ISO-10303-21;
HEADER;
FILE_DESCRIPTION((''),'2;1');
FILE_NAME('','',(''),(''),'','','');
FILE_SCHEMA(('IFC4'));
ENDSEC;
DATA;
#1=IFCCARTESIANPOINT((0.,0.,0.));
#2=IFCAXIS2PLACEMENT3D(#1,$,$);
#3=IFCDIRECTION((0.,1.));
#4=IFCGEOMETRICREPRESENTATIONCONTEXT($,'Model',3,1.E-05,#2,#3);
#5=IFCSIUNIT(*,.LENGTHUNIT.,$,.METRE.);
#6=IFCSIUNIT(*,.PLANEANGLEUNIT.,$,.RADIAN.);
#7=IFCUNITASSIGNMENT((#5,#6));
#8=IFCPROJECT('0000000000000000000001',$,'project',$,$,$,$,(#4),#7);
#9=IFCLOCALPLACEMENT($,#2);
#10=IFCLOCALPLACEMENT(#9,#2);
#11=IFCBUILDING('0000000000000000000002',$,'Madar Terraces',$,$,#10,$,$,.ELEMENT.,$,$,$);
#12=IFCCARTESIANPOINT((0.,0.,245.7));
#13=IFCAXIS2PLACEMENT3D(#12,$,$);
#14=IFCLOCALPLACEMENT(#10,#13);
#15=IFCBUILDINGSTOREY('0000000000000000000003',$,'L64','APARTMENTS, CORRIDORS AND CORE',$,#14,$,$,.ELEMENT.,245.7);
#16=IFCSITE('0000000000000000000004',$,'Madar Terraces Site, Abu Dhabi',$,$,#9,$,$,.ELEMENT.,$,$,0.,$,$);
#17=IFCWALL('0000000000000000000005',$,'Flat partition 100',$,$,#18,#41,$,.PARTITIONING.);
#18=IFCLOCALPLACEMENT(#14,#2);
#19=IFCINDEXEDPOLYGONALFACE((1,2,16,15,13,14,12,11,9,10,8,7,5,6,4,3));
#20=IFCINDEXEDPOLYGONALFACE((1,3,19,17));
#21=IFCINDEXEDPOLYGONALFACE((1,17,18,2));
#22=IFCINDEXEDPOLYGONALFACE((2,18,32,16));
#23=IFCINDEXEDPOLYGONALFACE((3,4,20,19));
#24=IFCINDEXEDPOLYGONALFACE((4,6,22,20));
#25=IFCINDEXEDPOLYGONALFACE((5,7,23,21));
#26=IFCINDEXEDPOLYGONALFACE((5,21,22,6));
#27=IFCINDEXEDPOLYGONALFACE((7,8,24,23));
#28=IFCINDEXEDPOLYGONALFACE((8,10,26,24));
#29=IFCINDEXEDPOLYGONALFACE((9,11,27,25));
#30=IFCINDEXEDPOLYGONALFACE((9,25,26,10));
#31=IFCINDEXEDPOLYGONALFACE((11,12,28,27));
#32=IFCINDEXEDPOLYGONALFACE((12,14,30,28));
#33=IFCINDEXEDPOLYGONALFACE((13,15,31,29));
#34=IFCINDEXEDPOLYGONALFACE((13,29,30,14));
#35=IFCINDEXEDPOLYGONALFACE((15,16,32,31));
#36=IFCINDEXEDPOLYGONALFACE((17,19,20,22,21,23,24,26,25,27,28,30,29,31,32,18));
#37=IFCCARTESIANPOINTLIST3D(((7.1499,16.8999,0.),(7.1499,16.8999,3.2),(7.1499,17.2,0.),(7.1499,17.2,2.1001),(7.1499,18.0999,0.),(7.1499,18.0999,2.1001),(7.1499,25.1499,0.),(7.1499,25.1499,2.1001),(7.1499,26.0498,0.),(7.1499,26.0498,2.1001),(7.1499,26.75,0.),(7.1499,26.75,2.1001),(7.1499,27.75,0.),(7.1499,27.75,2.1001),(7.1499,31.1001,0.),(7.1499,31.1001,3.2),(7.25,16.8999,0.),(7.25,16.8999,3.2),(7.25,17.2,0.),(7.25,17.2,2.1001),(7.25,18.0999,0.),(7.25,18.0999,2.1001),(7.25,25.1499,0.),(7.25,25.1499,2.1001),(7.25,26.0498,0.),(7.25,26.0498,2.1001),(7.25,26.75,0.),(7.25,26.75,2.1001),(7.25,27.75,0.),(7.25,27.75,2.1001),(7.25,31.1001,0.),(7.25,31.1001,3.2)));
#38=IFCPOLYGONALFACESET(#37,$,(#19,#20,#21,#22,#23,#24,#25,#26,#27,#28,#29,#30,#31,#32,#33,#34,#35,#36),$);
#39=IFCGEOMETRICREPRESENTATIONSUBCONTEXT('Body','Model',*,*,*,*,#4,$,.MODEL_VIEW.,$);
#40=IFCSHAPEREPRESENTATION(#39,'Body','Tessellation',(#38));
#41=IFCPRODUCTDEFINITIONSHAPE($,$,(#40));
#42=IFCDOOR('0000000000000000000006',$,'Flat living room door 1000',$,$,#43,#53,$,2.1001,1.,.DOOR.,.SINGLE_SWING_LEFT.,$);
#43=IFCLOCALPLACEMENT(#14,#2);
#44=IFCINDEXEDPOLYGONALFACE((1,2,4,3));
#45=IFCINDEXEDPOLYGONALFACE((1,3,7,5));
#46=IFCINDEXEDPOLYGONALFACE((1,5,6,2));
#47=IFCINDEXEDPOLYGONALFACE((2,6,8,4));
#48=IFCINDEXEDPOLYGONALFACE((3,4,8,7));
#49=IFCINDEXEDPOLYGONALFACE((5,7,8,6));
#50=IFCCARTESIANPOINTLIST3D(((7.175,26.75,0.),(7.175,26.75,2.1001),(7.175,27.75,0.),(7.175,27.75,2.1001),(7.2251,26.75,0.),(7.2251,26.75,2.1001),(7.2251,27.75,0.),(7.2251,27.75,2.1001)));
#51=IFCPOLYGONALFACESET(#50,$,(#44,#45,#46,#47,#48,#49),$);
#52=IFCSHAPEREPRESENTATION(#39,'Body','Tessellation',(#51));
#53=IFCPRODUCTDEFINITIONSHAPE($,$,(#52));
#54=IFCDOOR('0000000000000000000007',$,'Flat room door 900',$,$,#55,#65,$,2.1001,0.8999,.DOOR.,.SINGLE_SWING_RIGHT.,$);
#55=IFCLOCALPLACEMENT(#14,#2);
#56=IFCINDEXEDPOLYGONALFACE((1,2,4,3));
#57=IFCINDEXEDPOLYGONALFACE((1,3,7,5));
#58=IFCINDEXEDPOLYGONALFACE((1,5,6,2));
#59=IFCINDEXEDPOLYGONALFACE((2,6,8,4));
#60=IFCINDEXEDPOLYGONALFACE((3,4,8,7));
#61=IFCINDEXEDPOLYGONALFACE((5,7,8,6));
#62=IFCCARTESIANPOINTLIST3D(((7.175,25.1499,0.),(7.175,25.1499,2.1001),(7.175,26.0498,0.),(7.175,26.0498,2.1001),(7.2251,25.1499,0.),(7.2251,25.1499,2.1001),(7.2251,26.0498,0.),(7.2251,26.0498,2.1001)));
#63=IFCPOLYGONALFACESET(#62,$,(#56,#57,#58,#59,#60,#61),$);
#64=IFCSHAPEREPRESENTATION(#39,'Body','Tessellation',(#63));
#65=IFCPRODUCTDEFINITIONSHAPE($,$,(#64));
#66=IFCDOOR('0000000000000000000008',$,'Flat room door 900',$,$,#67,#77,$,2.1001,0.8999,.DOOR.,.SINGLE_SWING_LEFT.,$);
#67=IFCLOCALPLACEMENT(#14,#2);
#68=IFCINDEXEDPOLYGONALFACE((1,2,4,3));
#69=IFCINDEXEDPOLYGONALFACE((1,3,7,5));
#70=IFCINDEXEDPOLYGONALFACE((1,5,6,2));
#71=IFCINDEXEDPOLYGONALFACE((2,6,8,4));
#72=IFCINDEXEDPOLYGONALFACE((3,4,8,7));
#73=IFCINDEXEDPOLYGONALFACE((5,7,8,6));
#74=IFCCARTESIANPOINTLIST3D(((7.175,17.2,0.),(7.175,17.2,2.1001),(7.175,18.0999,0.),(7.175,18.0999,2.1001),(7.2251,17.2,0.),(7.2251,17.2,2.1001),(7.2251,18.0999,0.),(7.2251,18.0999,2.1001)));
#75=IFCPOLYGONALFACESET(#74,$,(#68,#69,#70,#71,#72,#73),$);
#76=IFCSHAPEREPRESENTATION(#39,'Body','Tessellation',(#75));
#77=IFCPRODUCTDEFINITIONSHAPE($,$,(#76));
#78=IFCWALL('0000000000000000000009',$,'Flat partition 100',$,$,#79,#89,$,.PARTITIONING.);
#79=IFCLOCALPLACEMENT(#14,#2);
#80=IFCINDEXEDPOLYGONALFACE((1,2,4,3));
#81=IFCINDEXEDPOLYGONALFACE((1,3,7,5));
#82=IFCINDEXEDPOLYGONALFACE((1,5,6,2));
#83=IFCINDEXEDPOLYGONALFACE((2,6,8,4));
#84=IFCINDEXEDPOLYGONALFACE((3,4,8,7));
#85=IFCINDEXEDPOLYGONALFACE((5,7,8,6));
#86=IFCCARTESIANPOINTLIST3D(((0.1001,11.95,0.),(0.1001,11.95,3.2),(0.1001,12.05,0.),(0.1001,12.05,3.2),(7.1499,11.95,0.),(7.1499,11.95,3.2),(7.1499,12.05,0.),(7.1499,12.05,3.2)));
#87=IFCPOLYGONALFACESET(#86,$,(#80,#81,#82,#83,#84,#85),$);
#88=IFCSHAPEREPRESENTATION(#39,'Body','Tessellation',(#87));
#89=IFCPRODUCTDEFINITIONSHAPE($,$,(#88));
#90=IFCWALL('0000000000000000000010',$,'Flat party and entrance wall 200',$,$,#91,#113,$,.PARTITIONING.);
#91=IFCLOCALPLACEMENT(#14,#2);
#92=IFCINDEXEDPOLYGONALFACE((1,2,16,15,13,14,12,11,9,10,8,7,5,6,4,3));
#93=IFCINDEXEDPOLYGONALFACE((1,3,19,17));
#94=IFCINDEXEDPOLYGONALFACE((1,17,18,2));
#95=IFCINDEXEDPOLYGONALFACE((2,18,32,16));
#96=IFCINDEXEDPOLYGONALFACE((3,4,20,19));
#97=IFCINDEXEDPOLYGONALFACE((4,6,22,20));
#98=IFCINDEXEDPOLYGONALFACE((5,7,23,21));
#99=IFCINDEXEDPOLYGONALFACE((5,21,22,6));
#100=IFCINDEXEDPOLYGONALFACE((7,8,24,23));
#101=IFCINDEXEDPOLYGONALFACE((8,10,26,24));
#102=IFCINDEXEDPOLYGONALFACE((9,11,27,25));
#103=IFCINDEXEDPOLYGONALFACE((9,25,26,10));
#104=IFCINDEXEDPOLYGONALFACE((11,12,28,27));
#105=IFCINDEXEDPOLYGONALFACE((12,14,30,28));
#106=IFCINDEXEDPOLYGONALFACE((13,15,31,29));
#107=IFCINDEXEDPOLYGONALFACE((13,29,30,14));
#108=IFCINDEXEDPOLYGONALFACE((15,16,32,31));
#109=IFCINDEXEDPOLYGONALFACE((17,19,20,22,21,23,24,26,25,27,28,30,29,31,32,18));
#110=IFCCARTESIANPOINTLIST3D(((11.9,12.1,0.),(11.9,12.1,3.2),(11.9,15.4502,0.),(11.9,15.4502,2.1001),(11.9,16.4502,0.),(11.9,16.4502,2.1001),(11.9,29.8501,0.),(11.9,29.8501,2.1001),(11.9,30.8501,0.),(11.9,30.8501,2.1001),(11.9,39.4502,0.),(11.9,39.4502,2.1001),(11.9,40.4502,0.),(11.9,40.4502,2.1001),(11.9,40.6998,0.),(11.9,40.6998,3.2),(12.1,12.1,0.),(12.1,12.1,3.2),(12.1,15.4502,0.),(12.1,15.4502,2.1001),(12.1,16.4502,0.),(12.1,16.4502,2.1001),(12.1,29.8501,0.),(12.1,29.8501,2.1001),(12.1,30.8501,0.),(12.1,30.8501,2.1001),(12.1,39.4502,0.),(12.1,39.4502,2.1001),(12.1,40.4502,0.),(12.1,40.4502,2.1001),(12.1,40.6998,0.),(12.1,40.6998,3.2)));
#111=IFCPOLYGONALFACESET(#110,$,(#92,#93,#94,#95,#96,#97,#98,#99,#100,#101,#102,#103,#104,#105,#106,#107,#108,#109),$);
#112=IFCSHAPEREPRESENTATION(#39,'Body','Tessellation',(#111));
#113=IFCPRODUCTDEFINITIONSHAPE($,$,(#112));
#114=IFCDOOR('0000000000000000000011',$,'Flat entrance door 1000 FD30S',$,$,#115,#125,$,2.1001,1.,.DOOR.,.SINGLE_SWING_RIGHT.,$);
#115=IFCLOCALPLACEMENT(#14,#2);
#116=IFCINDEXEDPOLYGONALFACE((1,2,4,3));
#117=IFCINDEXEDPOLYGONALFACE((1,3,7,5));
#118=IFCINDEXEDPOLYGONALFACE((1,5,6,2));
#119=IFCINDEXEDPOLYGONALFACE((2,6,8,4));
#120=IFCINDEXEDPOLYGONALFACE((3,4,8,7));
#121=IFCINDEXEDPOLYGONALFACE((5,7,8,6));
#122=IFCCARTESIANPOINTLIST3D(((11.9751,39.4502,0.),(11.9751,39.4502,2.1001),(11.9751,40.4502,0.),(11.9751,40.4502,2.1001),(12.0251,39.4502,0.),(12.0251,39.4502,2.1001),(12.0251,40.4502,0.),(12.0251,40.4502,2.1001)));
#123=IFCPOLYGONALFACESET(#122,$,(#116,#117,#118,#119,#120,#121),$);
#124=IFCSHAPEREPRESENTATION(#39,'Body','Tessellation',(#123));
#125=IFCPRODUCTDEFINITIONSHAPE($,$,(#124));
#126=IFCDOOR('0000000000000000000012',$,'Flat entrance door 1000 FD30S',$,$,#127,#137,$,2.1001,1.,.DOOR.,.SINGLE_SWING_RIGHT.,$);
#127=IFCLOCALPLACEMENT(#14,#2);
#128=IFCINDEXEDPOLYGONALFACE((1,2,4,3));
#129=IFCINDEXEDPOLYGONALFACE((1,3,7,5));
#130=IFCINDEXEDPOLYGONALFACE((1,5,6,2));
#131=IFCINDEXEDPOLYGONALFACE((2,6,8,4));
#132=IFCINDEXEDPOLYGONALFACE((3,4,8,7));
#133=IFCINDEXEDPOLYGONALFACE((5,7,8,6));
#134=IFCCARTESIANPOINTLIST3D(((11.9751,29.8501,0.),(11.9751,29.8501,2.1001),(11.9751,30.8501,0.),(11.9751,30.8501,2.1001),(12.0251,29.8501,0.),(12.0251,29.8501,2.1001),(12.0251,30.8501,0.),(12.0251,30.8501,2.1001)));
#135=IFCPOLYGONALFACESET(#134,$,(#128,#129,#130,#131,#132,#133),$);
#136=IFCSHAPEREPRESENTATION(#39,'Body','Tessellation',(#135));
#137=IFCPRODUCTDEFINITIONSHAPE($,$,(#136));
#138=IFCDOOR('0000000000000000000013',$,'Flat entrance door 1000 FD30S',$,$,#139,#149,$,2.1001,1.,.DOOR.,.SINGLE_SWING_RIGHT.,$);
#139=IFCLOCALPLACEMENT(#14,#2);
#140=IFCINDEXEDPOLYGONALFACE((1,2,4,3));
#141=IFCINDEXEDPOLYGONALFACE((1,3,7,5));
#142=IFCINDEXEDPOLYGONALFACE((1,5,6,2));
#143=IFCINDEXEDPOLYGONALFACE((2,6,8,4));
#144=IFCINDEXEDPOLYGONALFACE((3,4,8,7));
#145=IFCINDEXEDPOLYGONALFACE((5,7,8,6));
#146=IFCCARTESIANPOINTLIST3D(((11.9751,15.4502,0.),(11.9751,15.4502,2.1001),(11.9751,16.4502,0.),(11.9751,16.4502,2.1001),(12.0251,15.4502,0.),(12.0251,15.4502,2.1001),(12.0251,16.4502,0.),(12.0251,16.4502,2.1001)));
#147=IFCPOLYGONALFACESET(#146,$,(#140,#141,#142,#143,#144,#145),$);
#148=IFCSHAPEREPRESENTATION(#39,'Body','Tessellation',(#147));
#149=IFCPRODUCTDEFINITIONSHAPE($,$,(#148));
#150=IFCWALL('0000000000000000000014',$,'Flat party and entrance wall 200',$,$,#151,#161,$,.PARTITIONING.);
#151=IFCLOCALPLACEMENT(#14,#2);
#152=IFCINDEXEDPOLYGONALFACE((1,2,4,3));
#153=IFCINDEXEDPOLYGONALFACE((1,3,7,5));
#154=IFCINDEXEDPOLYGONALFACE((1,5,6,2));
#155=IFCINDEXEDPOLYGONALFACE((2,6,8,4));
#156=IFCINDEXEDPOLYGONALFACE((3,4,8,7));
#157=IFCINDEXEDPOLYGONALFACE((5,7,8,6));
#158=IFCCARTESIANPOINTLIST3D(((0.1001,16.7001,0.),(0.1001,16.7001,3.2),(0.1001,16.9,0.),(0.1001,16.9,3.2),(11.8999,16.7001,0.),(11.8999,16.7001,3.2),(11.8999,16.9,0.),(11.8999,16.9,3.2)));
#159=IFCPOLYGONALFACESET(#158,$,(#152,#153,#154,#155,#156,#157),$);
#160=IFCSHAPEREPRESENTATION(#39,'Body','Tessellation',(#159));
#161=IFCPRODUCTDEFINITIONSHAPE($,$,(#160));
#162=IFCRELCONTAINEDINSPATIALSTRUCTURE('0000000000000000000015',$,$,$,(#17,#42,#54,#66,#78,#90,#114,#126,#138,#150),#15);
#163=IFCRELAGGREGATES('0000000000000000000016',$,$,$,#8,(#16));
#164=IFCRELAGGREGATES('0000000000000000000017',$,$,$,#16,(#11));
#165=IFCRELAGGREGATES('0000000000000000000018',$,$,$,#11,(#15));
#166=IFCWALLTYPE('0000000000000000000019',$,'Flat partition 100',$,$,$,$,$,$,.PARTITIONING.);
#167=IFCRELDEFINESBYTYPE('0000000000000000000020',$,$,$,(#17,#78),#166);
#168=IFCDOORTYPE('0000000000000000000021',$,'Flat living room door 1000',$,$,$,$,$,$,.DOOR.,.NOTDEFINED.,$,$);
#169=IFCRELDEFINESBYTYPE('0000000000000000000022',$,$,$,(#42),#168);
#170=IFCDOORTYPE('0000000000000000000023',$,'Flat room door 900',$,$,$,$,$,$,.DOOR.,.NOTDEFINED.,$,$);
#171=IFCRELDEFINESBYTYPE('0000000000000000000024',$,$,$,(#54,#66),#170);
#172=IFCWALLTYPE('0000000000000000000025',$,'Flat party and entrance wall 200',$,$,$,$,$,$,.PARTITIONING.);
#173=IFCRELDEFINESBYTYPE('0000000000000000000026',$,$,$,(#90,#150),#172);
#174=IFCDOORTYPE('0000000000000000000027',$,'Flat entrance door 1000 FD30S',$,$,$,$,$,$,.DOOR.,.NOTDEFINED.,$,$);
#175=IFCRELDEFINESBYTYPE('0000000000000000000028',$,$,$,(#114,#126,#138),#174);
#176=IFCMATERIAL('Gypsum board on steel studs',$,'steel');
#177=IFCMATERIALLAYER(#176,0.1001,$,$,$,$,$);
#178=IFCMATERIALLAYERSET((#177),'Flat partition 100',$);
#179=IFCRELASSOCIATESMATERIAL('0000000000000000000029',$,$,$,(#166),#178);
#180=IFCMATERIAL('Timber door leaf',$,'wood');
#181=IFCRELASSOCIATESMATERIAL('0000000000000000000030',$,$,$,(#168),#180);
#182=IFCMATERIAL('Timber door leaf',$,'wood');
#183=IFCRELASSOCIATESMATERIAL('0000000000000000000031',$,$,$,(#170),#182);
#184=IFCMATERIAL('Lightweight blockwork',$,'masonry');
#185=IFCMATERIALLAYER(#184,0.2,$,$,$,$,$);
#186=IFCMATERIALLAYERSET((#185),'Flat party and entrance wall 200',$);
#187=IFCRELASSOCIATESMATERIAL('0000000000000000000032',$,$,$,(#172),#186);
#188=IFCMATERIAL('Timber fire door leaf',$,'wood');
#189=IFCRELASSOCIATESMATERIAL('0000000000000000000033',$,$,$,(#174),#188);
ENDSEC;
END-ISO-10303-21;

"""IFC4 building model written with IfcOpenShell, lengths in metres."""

from ifc_helpers import new_model, si_unit, direction, frame, frame_2d, origin, place, context, subcontext, project, spatial, rectangle, extrude, material, layer, layer_set, type_object, element, fill, save


model = new_model("IFC4")

# Units and contexts
model_context = context("Model", 3, precision=1e-05, world=origin(), true_north=direction((0.0, 1.0)))
body_context = subcontext(model_context, "Body", "Model", "MODEL_VIEW")
ifc_project = project(units=[si_unit("LENGTHUNIT", "METRE"), si_unit("PLANEANGLEUNIT", "RADIAN")], contexts=[model_context])

# Site, building, storey
site_placement = place(None, origin())
site = spatial("IfcSite", under=ifc_project, at=site_placement, Name="Madar Terraces Site, Abu Dhabi", CompositionType="ELEMENT", RefElevation=0.0)
building_placement = place(site_placement, origin())
building = spatial("IfcBuilding", under=site, at=building_placement, Name="Madar Terraces", CompositionType="ELEMENT")
storey_placement = place(building_placement, frame((0.0, 0.0, 245.7)))
storey = spatial("IfcBuildingStorey", under=building, at=storey_placement, Name="L64", Description="APARTMENTS, CORRIDORS AND CORE", CompositionType="ELEMENT", Elevation=245.7)

# Shared definitions
ifc_material_1 = material(Name="Gypsum board on steel studs", Category="steel")
ifc_layer_1 = layer(ifc_material_1, 0.1001)
ifc_layer_set_1 = layer_set([ifc_layer_1], Name="Flat partition 100")
wall_type_1 = type_object("IfcWallType", Name="Flat partition 100", PredefinedType="PARTITIONING", material=ifc_layer_set_1)

# Wall, openings, doors
wall_1_placement = place(storey_placement, frame((7.2, 16.8999, 0.0), z_axis=(0.0, 0.0, 1.0), x_axis=(0.0, 1.0, 0.0)))
wall_1 = element("IfcWall", 1, at=wall_1_placement, inside=storey, type_object=wall_type_1, Name="Flat partition 100", PredefinedType="PARTITIONING", context=body_context, shape_type="SweptSolid", body=[
    extrude(rectangle(XDim=14.2002, YDim=0.1001, at=frame_2d((7.1001, 0.0))), origin(), (0.0, 0.0, 1.0), 3.2),
])
opening_1_placement = place(wall_1_placement, frame((9.8501, 0.0, 0.0)))
opening_1 = element("IfcOpeningElement", 2, at=opening_1_placement, cuts=wall_1, PredefinedType="OPENING", context=body_context, shape_type="SweptSolid", body=[
    extrude(rectangle(XDim=1.0, YDim=2.1001, at=frame_2d((0.5, 1.05))), frame((0.0, 0.0601, 0.0), z_axis=(0.0, -1.0, 0.0), x_axis=(1.0, 0.0, 0.0)), (0.0, 0.0, 1.0), 0.1201),
])
opening_2_placement = place(wall_1_placement, frame((8.25, 0.0, 0.0)))
opening_2 = element("IfcOpeningElement", 3, at=opening_2_placement, cuts=wall_1, PredefinedType="OPENING", context=body_context, shape_type="SweptSolid", body=[
    extrude(rectangle(XDim=0.8999, YDim=2.1001, at=frame_2d((0.45, 1.05))), frame((0.0, 0.0601, 0.0), z_axis=(0.0, -1.0, 0.0), x_axis=(1.0, 0.0, 0.0)), (0.0, 0.0, 1.0), 0.1201),
])
opening_3_placement = place(wall_1_placement, frame((0.3, 0.0, 0.0)))
opening_3 = element("IfcOpeningElement", 4, at=opening_3_placement, cuts=wall_1, PredefinedType="OPENING", context=body_context, shape_type="SweptSolid", body=[
    extrude(rectangle(XDim=0.8999, YDim=2.1001, at=frame_2d((0.45, 1.05))), frame((0.0, 0.0601, 0.0), z_axis=(0.0, -1.0, 0.0), x_axis=(1.0, 0.0, 0.0)), (0.0, 0.0, 1.0), 0.1201),
])
ifc_material_2 = material(Name="Timber door leaf", Category="wood")
door_type_1 = type_object("IfcDoorType", Name="Flat living room door 1000", OperationType="NOTDEFINED", PredefinedType="DOOR", material=ifc_material_2)
door_1_placement = place(opening_1_placement, origin())
door_1 = element("IfcDoor", 5, at=door_1_placement, inside=storey, type_object=door_type_1, Name="Flat living room door 1000", OperationType="SINGLE_SWING_LEFT", OverallHeight=2.1001, OverallWidth=1.0, PredefinedType="DOOR", context=body_context, shape_type="SweptSolid", body=[
    extrude(rectangle(XDim=1.0, YDim=2.1001, at=frame_2d((0.5, 1.05))), frame((0.0, 0.0249, 0.0), z_axis=(0.0, -1.0, 0.0), x_axis=(1.0, 0.0, 0.0)), (0.0, 0.0, 1.0), 0.05),
])
fill(opening_1, door_1)
ifc_material_3 = material(Name="Timber door leaf", Category="wood")
door_type_2 = type_object("IfcDoorType", Name="Flat room door 900", OperationType="NOTDEFINED", PredefinedType="DOOR", material=ifc_material_3)
door_2_placement = place(opening_2_placement, origin())
door_2 = element("IfcDoor", 6, at=door_2_placement, inside=storey, type_object=door_type_2, Name="Flat room door 900", OperationType="SINGLE_SWING_RIGHT", OverallHeight=2.1001, OverallWidth=0.8999, PredefinedType="DOOR", context=body_context, shape_type="SweptSolid", body=[
    extrude(rectangle(XDim=0.8999, YDim=2.1001, at=frame_2d((0.45, 1.05))), frame((0.0, 0.0249, 0.0), z_axis=(0.0, -1.0, 0.0), x_axis=(1.0, 0.0, 0.0)), (0.0, 0.0, 1.0), 0.05),
])
fill(opening_2, door_2)
door_3_placement = place(opening_3_placement, origin())
door_3 = element("IfcDoor", 7, at=door_3_placement, inside=storey, type_object=door_type_2, Name="Flat room door 900", OperationType="SINGLE_SWING_LEFT", OverallHeight=2.1001, OverallWidth=0.8999, PredefinedType="DOOR", context=body_context, shape_type="SweptSolid", body=[
    extrude(rectangle(XDim=0.8999, YDim=2.1001, at=frame_2d((0.45, 1.05))), frame((0.0, 0.0249, 0.0), z_axis=(0.0, -1.0, 0.0), x_axis=(1.0, 0.0, 0.0)), (0.0, 0.0, 1.0), 0.05),
])
fill(opening_3, door_3)

# Wall
wall_2_placement = place(storey_placement, frame((7.1499, 12.0, 0.0), z_axis=(0.0, 0.0, 1.0), x_axis=(-1.0, 0.0, 0.0)))
element("IfcWall", 8, at=wall_2_placement, inside=storey, type_object=wall_type_1, Name="Flat partition 100", PredefinedType="PARTITIONING", context=body_context, shape_type="SweptSolid", body=[
    extrude(rectangle(XDim=7.0498, YDim=0.1001, at=frame_2d((3.5249, 0.0))), origin(), (0.0, 0.0, 1.0), 3.2),
])

# Wall, openings, doors
ifc_material_4 = material(Name="Lightweight blockwork", Category="masonry")
ifc_layer_2 = layer(ifc_material_4, 0.2)
ifc_layer_set_2 = layer_set([ifc_layer_2], Name="Flat party and entrance wall 200")
wall_type_2 = type_object("IfcWallType", Name="Flat party and entrance wall 200", PredefinedType="PARTITIONING", material=ifc_layer_set_2)
wall_3_placement = place(storey_placement, frame((12.0, 12.1001, 0.0), z_axis=(0.0, 0.0, 1.0), x_axis=(0.0, 1.0, 0.0)))
wall_3 = element("IfcWall", 9, at=wall_3_placement, inside=storey, type_object=wall_type_2, Name="Flat party and entrance wall 200", PredefinedType="PARTITIONING", context=body_context, shape_type="SweptSolid", body=[
    extrude(rectangle(XDim=28.5999, YDim=0.2, at=frame_2d((14.2998, 0.0))), origin(), (0.0, 0.0, 1.0), 3.2),
])
opening_4_placement = place(wall_3_placement, frame((27.3501, 0.0, 0.0)))
opening_4 = element("IfcOpeningElement", 10, at=opening_4_placement, cuts=wall_3, PredefinedType="OPENING", context=body_context, shape_type="SweptSolid", body=[
    extrude(rectangle(XDim=1.0, YDim=2.1001, at=frame_2d((0.5, 1.05))), frame((0.0, 0.1099, 0.0), z_axis=(0.0, -1.0, 0.0), x_axis=(1.0, 0.0, 0.0)), (0.0, 0.0, 1.0), 0.22),
])
opening_5_placement = place(wall_3_placement, frame((17.75, 0.0, 0.0)))
opening_5 = element("IfcOpeningElement", 11, at=opening_5_placement, cuts=wall_3, PredefinedType="OPENING", context=body_context, shape_type="SweptSolid", body=[
    extrude(rectangle(XDim=1.0, YDim=2.1001, at=frame_2d((0.5, 1.05))), frame((0.0, 0.1099, 0.0), z_axis=(0.0, -1.0, 0.0), x_axis=(1.0, 0.0, 0.0)), (0.0, 0.0, 1.0), 0.22),
])
opening_6_placement = place(wall_3_placement, frame((3.3501, 0.0, 0.0)))
opening_6 = element("IfcOpeningElement", 12, at=opening_6_placement, cuts=wall_3, PredefinedType="OPENING", context=body_context, shape_type="SweptSolid", body=[
    extrude(rectangle(XDim=1.0, YDim=2.1001, at=frame_2d((0.5, 1.05))), frame((0.0, 0.1099, 0.0), z_axis=(0.0, -1.0, 0.0), x_axis=(1.0, 0.0, 0.0)), (0.0, 0.0, 1.0), 0.22),
])
ifc_material_5 = material(Name="Timber fire door leaf", Category="wood")
door_type_3 = type_object("IfcDoorType", Name="Flat entrance door 1000 FD30S", OperationType="NOTDEFINED", PredefinedType="DOOR", material=ifc_material_5)
door_4_placement = place(opening_4_placement, origin())
door_4 = element("IfcDoor", 13, at=door_4_placement, inside=storey, type_object=door_type_3, Name="Flat entrance door 1000 FD30S", OperationType="SINGLE_SWING_RIGHT", OverallHeight=2.1001, OverallWidth=1.0, PredefinedType="DOOR", context=body_context, shape_type="SweptSolid", body=[
    extrude(rectangle(XDim=1.0, YDim=2.1001, at=frame_2d((0.5, 1.05))), frame((0.0, 0.0249, 0.0), z_axis=(0.0, -1.0, 0.0), x_axis=(1.0, 0.0, 0.0)), (0.0, 0.0, 1.0), 0.05),
])
fill(opening_4, door_4)
door_5_placement = place(opening_5_placement, origin())
door_5 = element("IfcDoor", 14, at=door_5_placement, inside=storey, type_object=door_type_3, Name="Flat entrance door 1000 FD30S", OperationType="SINGLE_SWING_RIGHT", OverallHeight=2.1001, OverallWidth=1.0, PredefinedType="DOOR", context=body_context, shape_type="SweptSolid", body=[
    extrude(rectangle(XDim=1.0, YDim=2.1001, at=frame_2d((0.5, 1.05))), frame((0.0, 0.0249, 0.0), z_axis=(0.0, -1.0, 0.0), x_axis=(1.0, 0.0, 0.0)), (0.0, 0.0, 1.0), 0.05),
])
fill(opening_5, door_5)
door_6_placement = place(opening_6_placement, origin())
door_6 = element("IfcDoor", 15, at=door_6_placement, inside=storey, type_object=door_type_3, Name="Flat entrance door 1000 FD30S", OperationType="SINGLE_SWING_RIGHT", OverallHeight=2.1001, OverallWidth=1.0, PredefinedType="DOOR", context=body_context, shape_type="SweptSolid", body=[
    extrude(rectangle(XDim=1.0, YDim=2.1001, at=frame_2d((0.5, 1.05))), frame((0.0, 0.0249, 0.0), z_axis=(0.0, -1.0, 0.0), x_axis=(1.0, 0.0, 0.0)), (0.0, 0.0, 1.0), 0.05),
])
fill(opening_6, door_6)

# Wall
wall_4_placement = place(storey_placement, frame((0.1001, 16.8, 0.0), z_axis=(0.0, 0.0, 1.0), x_axis=(1.0, 0.0, 0.0)))
element("IfcWall", 16, at=wall_4_placement, inside=storey, type_object=wall_type_2, Name="Flat party and entrance wall 200", PredefinedType="PARTITIONING", context=body_context, shape_type="SweptSolid", body=[
    extrude(rectangle(XDim=11.7998, YDim=0.2, at=frame_2d((5.8999, 0.0))), origin(), (0.0, 0.0, 1.0), 3.2),
])

save(model, "model.ifc")
